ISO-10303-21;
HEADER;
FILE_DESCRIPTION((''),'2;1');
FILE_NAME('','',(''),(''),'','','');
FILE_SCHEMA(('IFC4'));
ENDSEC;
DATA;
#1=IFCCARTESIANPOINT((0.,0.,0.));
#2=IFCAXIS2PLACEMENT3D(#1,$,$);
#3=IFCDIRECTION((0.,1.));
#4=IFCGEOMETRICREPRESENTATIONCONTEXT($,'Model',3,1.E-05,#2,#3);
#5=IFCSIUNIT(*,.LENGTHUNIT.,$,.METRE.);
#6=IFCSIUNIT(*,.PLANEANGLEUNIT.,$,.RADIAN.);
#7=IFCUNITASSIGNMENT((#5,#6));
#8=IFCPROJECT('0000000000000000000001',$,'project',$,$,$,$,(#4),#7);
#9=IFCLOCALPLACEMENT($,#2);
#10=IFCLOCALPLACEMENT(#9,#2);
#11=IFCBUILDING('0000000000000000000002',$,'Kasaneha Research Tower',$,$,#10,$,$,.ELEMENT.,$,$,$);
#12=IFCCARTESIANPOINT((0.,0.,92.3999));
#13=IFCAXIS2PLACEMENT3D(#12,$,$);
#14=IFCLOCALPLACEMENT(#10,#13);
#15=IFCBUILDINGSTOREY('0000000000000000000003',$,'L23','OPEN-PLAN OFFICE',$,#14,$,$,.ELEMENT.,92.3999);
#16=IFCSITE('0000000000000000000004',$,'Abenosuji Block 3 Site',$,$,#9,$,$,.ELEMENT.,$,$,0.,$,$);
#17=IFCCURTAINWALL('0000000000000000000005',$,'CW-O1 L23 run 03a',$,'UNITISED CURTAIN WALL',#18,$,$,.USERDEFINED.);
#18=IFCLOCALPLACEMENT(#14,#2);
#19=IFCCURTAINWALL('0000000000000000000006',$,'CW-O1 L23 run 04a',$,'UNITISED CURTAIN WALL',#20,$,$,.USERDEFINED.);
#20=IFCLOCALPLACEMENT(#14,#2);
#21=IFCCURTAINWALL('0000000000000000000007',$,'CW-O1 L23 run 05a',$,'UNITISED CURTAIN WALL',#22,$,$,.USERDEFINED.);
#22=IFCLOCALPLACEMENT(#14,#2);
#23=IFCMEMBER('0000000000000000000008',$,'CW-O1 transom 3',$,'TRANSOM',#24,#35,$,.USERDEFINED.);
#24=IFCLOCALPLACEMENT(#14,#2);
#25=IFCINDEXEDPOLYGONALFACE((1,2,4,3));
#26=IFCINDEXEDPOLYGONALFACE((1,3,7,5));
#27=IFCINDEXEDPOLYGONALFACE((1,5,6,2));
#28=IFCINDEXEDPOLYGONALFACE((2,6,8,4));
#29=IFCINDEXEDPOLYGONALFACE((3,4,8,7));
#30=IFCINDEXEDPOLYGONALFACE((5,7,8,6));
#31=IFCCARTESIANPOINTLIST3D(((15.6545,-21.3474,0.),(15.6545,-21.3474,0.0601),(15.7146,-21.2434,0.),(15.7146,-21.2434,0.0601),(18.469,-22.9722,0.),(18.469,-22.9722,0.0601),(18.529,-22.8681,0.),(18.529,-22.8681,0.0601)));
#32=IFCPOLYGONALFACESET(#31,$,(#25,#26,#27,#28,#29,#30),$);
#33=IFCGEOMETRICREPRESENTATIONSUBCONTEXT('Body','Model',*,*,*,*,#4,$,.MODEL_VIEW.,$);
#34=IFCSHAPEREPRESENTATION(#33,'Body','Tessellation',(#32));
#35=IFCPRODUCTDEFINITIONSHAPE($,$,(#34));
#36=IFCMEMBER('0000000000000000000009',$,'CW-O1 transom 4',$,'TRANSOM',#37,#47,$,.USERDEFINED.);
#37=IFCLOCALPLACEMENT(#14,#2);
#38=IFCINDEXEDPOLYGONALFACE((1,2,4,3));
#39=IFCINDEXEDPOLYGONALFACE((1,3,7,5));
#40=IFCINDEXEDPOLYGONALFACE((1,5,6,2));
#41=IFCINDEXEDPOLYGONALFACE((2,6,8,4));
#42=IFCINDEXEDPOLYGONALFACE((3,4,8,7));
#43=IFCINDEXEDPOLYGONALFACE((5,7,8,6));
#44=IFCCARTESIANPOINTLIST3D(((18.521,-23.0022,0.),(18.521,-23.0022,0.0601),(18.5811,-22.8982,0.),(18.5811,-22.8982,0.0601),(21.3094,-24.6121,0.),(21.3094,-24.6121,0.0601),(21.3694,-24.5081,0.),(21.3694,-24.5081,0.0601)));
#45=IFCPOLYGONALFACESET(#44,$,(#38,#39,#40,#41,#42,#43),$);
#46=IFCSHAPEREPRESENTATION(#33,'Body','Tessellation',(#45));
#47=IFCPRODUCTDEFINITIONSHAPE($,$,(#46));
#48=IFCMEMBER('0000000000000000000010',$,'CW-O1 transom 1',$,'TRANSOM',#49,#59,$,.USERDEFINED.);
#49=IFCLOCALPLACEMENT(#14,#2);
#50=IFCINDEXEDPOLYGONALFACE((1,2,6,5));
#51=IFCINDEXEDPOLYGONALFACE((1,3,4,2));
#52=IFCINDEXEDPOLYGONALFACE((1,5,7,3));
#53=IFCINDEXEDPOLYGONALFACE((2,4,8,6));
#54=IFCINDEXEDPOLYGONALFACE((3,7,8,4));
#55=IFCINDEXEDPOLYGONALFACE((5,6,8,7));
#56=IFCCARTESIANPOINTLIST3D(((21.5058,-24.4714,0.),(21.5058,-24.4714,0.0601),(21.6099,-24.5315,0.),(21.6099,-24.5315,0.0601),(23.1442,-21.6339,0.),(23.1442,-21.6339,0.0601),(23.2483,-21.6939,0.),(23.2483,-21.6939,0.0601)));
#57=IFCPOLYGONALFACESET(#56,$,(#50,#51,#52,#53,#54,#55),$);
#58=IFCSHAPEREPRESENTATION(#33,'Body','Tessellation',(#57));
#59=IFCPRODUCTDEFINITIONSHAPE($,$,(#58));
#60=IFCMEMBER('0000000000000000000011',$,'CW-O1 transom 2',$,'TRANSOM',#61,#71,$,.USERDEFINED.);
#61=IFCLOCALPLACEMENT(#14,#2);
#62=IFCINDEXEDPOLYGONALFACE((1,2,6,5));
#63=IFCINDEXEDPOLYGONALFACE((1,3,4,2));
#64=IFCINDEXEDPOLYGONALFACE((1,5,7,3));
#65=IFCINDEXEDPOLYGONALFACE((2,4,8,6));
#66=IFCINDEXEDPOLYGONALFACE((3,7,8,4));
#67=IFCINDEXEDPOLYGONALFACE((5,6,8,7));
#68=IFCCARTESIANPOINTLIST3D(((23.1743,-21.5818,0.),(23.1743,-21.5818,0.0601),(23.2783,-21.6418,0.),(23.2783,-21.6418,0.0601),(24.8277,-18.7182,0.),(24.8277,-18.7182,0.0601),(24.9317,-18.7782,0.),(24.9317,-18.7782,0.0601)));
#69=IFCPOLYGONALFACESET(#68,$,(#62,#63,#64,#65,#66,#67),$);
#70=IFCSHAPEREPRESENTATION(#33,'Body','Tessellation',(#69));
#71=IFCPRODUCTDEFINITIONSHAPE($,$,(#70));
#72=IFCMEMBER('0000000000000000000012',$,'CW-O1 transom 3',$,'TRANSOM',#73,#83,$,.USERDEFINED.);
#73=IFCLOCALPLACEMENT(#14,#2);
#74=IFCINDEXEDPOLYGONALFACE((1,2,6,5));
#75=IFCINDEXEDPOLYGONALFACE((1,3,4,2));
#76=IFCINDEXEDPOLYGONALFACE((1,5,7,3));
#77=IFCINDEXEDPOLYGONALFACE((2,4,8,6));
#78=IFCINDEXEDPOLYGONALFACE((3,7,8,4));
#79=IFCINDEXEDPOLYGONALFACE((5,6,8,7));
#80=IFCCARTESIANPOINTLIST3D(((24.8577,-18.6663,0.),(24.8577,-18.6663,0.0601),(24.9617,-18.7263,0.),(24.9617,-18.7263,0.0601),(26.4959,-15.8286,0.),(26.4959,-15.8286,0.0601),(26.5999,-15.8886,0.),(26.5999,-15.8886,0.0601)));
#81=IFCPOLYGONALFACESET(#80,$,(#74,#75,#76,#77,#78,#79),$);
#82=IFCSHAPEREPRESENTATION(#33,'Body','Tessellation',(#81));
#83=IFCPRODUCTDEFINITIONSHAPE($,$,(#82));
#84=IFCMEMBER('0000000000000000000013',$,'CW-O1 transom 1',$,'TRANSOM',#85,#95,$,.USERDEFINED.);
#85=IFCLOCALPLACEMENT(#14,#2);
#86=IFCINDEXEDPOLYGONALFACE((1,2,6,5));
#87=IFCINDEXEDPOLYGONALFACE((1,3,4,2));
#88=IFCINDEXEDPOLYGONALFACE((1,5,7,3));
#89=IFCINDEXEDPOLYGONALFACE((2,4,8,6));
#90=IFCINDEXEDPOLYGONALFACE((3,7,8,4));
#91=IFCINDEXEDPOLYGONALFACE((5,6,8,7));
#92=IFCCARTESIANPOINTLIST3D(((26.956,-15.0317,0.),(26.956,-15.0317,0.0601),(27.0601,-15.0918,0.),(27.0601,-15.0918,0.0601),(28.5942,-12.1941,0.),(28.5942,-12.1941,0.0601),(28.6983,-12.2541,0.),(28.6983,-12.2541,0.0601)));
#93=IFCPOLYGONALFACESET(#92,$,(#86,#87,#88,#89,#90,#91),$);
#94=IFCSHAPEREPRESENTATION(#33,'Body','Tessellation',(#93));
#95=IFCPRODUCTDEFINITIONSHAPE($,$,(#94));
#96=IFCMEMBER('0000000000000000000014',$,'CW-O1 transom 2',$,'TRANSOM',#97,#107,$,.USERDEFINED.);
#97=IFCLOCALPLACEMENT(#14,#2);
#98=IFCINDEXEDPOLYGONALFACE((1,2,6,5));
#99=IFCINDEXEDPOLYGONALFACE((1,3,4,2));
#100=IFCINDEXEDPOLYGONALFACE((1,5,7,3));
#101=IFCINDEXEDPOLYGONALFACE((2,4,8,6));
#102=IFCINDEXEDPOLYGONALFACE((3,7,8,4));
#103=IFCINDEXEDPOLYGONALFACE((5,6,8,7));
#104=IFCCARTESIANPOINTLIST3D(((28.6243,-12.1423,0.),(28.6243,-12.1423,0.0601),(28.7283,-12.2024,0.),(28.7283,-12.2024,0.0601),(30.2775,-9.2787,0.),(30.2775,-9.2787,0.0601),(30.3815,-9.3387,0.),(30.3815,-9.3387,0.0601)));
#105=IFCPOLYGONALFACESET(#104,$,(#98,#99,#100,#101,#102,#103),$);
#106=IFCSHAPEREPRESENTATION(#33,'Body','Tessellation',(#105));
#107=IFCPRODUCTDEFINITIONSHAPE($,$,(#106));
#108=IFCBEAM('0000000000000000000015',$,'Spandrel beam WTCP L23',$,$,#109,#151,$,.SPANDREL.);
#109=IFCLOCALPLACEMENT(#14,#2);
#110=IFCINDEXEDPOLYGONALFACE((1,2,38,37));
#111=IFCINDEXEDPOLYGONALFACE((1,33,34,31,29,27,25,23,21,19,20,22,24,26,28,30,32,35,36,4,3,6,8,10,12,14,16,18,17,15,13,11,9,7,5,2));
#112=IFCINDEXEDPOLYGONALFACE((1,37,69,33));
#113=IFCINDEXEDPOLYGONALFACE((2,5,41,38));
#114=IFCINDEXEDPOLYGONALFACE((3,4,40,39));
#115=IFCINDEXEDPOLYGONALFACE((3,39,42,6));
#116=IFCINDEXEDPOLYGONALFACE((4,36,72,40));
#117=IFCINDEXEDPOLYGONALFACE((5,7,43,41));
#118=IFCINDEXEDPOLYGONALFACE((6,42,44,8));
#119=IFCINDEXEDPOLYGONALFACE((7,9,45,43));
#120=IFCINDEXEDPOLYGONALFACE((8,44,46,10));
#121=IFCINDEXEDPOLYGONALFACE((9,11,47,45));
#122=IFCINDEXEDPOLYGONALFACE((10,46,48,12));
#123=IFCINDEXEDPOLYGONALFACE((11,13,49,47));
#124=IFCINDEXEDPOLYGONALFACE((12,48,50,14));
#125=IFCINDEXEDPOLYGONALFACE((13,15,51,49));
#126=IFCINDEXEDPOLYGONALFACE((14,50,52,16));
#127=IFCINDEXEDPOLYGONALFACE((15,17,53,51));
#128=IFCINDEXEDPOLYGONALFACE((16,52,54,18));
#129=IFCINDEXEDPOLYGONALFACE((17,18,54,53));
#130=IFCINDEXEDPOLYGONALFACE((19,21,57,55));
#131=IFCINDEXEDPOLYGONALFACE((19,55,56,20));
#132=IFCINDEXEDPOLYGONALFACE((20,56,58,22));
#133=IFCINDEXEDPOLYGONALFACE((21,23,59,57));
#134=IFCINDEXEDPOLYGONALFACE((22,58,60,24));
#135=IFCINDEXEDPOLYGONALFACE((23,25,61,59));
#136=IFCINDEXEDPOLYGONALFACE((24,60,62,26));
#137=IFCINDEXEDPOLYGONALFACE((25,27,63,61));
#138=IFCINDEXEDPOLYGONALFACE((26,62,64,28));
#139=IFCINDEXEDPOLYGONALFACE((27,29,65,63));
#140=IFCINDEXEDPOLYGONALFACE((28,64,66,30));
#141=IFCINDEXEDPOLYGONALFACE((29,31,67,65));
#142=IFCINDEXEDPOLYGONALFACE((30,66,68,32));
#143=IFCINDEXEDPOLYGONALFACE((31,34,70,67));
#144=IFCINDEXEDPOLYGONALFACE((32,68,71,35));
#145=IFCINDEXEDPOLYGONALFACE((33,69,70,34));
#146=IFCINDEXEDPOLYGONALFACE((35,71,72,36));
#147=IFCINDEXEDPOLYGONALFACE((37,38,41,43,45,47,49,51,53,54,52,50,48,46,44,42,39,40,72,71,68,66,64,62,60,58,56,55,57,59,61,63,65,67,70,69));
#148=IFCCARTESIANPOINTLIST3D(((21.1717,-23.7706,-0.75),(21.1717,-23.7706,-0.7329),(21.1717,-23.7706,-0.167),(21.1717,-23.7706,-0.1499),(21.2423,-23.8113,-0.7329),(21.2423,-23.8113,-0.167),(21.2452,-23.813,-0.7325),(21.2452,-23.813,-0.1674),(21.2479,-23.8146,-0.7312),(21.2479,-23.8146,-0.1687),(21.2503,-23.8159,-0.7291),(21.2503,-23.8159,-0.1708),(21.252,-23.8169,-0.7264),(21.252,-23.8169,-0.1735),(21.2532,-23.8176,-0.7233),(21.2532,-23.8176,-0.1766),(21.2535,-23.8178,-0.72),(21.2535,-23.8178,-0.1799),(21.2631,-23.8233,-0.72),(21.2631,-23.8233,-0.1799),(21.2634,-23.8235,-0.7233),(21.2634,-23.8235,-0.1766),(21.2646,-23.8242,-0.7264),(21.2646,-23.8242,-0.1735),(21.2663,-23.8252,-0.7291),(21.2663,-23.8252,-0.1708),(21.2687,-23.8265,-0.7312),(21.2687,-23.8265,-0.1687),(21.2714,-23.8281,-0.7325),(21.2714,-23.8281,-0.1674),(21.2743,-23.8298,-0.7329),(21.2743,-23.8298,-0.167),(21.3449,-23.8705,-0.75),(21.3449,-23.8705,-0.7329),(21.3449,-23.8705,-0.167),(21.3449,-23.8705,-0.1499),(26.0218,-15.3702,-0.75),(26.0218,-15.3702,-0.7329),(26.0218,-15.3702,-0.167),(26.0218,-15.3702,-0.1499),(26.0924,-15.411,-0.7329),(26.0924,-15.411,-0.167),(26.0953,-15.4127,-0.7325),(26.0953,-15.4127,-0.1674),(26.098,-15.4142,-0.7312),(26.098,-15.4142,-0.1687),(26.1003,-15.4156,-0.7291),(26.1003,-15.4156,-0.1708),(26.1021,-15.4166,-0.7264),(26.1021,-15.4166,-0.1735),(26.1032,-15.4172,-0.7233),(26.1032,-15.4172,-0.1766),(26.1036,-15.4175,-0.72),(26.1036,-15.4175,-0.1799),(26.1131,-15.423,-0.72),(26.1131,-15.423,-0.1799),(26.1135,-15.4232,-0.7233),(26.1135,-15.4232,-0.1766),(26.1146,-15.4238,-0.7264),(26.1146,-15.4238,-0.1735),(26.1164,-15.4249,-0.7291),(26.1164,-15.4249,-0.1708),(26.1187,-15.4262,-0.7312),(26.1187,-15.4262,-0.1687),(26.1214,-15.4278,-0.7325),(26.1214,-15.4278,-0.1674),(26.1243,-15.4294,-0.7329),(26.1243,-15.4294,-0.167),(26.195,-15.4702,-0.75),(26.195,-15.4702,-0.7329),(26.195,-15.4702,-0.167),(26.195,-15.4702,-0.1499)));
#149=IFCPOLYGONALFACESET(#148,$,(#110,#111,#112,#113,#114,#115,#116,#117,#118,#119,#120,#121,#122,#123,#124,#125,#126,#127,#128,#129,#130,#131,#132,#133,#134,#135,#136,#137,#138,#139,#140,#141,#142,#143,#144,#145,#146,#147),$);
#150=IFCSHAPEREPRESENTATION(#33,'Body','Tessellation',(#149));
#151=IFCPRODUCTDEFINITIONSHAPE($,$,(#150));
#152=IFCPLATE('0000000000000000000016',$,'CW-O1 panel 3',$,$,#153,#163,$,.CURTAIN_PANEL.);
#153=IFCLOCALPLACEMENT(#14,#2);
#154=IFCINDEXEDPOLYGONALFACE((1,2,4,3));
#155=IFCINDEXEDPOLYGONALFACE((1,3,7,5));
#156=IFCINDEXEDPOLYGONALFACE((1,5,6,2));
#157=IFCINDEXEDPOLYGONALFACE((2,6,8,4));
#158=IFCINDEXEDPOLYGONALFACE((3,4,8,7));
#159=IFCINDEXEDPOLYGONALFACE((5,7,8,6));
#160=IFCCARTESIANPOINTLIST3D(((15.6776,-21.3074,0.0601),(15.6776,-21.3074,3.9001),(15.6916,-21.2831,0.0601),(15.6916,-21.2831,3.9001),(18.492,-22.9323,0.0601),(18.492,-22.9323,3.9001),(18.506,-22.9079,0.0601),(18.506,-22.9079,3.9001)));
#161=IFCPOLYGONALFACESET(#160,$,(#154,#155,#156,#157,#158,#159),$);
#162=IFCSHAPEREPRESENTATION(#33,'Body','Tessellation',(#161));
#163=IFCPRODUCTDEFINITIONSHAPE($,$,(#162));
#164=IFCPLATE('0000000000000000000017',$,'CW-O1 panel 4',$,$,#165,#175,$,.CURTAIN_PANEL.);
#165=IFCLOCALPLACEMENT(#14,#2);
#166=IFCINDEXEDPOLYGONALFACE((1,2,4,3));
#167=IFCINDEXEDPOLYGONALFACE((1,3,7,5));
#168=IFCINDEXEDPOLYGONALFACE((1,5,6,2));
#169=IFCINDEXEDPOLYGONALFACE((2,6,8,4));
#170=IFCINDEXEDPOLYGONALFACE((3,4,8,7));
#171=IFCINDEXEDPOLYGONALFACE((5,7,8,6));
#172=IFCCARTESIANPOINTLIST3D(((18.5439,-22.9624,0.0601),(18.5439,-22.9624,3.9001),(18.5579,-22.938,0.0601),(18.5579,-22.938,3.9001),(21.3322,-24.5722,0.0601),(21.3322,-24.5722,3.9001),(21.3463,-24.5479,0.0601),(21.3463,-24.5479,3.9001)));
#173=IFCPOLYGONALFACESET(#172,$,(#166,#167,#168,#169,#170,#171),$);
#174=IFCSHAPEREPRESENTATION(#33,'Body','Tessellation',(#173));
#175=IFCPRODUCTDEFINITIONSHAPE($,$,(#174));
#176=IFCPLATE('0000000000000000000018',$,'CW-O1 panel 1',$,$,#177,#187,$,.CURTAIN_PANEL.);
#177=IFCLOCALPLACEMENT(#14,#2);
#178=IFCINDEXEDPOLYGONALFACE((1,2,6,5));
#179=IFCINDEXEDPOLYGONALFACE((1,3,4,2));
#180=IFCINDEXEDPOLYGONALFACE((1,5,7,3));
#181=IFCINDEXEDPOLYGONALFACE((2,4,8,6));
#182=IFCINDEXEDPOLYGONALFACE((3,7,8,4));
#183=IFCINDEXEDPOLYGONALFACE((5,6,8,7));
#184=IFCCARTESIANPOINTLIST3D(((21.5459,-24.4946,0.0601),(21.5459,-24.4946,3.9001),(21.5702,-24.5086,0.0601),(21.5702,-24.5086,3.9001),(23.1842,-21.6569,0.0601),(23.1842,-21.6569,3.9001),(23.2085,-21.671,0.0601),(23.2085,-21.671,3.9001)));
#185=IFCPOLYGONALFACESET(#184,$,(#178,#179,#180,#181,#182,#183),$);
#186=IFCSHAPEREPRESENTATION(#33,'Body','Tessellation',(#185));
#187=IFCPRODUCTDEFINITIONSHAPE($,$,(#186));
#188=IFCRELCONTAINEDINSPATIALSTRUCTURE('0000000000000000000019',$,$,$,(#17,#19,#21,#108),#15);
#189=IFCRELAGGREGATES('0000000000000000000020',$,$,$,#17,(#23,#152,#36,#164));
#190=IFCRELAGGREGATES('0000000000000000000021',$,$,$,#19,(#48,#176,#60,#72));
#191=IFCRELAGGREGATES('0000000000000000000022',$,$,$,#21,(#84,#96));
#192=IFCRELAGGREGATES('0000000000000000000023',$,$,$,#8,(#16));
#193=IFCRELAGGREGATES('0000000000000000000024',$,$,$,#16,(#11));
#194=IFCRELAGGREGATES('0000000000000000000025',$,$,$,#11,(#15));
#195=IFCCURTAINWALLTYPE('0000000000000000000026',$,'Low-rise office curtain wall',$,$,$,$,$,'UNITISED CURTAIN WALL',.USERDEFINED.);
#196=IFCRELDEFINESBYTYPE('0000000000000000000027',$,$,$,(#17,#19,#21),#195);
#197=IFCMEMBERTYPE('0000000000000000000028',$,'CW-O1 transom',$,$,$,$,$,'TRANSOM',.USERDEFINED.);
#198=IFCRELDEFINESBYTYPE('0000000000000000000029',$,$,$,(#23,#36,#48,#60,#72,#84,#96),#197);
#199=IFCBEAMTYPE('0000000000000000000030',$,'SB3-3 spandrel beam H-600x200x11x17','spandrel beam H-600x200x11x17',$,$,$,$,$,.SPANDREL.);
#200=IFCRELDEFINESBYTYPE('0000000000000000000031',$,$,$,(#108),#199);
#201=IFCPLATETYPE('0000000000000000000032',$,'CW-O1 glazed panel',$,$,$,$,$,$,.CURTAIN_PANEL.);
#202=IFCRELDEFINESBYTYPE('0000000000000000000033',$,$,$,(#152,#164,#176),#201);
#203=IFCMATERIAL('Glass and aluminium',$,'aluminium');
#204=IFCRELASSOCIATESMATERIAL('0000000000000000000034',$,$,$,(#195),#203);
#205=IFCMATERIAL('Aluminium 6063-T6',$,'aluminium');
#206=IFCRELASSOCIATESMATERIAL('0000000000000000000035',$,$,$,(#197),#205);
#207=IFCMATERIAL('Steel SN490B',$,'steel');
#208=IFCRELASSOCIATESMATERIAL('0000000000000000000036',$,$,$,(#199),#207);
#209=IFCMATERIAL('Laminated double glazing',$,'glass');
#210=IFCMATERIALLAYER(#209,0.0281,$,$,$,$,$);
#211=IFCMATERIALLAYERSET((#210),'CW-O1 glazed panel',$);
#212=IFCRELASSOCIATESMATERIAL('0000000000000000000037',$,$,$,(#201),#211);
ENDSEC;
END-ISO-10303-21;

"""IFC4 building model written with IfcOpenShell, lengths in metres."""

from ifc_helpers import new_model, si_unit, direction, frame, origin, origin_2d, place, context, subcontext, project, spatial, rectangle, i_section, extrude, material, layer, layer_set, material_profile, profile_set, type_object, element, aggregate, save


model = new_model("IFC4")

# Units and contexts
model_context = context("Model", 3, precision=1e-05, world=origin(), true_north=direction((0.0, 1.0)))
body_context = subcontext(model_context, "Body", "Model", "MODEL_VIEW")
ifc_project = project(units=[si_unit("LENGTHUNIT", "METRE"), si_unit("PLANEANGLEUNIT", "RADIAN")], contexts=[model_context])

# Site, building, storey
site_placement = place(None, origin())
site = spatial("IfcSite", under=ifc_project, at=site_placement, Name="Abenosuji Block 3 Site", CompositionType="ELEMENT", RefElevation=0.0)
building_placement = place(site_placement, origin())
building = spatial("IfcBuilding", under=site, at=building_placement, Name="Kasaneha Research Tower", CompositionType="ELEMENT")
storey_placement = place(building_placement, frame((0.0, 0.0, 92.3999)))
storey = spatial("IfcBuildingStorey", under=building, at=storey_placement, Name="L23", Description="OPEN-PLAN OFFICE", CompositionType="ELEMENT", Elevation=92.3999)

# Curtain walls
ifc_material_1 = material(Name="Glass and aluminium", Category="aluminium")
curtain_wall_type = type_object("IfcCurtainWallType", Name="Low-rise office curtain wall", ElementType="UNITISED CURTAIN WALL", PredefinedType="USERDEFINED", material=ifc_material_1)
curtain_wall_1_placement = place(storey_placement, origin())
curtain_wall_1 = element("IfcCurtainWall", 1, at=curtain_wall_1_placement, inside=storey, type_object=curtain_wall_type, Name="CW-O1 L23 run 03a", ObjectType="UNITISED CURTAIN WALL", PredefinedType="USERDEFINED")
curtain_wall_2_placement = place(storey_placement, origin())
curtain_wall_2 = element("IfcCurtainWall", 2, at=curtain_wall_2_placement, inside=storey, type_object=curtain_wall_type, Name="CW-O1 L23 run 04a", ObjectType="UNITISED CURTAIN WALL", PredefinedType="USERDEFINED")
curtain_wall_3_placement = place(storey_placement, origin())
curtain_wall_3 = element("IfcCurtainWall", 3, at=curtain_wall_3_placement, inside=storey, type_object=curtain_wall_type, Name="CW-O1 L23 run 05a", ObjectType="UNITISED CURTAIN WALL", PredefinedType="USERDEFINED")

# Members
ifc_material_2 = material(Name="Aluminium 6063-T6", Category="aluminium")
ifc_material_profile_1 = material_profile(ifc_material_2, rectangle(XDim=0.1201, YDim=0.0601, at=origin_2d()), Name="CW-O1 transom 120x60")
ifc_profile_set_1 = profile_set([ifc_material_profile_1], Name="Aluminium 6063-T6")
member_type_1 = type_object("IfcMemberType", Name="CW-O1 transom", ElementType="TRANSOM", PredefinedType="USERDEFINED", material=ifc_profile_set_1)
member_1_placement = place(storey_placement, frame((15.6846, -21.2954, 0.03), z_axis=(0.866048, -0.499961, 0.0), x_axis=(0.499961, 0.866048, 0.0)))
member_1 = element("IfcMember", 4, at=member_1_placement, type_object=member_type_1, Name="CW-O1 transom 3", ObjectType="TRANSOM", PredefinedType="USERDEFINED", context=body_context, shape_type="SweptSolid", body=[
    extrude(rectangle(XDim=0.1201, YDim=0.0601, at=origin_2d()), origin(), (0.0, 0.0, 1.0), 3.2498),
])
member_2_placement = place(storey_placement, frame((18.551, -22.9502, 0.03), z_axis=(0.866023, -0.500005, 0.0), x_axis=(0.500005, 0.866023, 0.0)))
member_2 = element("IfcMember", 5, at=member_2_placement, type_object=member_type_1, Name="CW-O1 transom 4", ObjectType="TRANSOM", PredefinedType="USERDEFINED", context=body_context, shape_type="SweptSolid", body=[
    extrude(rectangle(XDim=0.1201, YDim=0.0601, at=origin_2d()), origin(), (0.0, 0.0, 1.0), 3.2197),
])
member_3_placement = place(storey_placement, frame((21.5579, -24.5015, 0.03), z_axis=(0.500026, 0.866011, 0.0), x_axis=(-0.866011, 0.500026, 0.0)))
member_3 = element("IfcMember", 6, at=member_3_placement, type_object=member_type_1, Name="CW-O1 transom 1", ObjectType="TRANSOM", PredefinedType="USERDEFINED", context=body_context, shape_type="SweptSolid", body=[
    extrude(rectangle(XDim=0.1201, YDim=0.0601, at=origin_2d()), origin(), (0.0, 0.0, 1.0), 3.2766),
])
member_4_placement = place(storey_placement, frame((23.2263, -21.6118, 0.03), z_axis=(0.500014, 0.866017, 0.0), x_axis=(-0.866017, 0.500014, 0.0)))
member_4 = element("IfcMember", 7, at=member_4_placement, type_object=member_type_1, Name="CW-O1 transom 2", ObjectType="TRANSOM", PredefinedType="USERDEFINED", context=body_context, shape_type="SweptSolid", body=[
    extrude(rectangle(XDim=0.1201, YDim=0.0601, at=origin_2d()), origin(), (0.0, 0.0, 1.0), 3.3066),
])
member_5_placement = place(storey_placement, frame((24.9097, -18.6963, 0.03), z_axis=(0.49997, 0.866043, 0.0), x_axis=(-0.866043, 0.49997, 0.0)))
member_5 = element("IfcMember", 8, at=member_5_placement, type_object=member_type_1, Name="CW-O1 transom 3", ObjectType="TRANSOM", PredefinedType="USERDEFINED", context=body_context, shape_type="SweptSolid", body=[
    extrude(rectangle(XDim=0.1201, YDim=0.0601, at=origin_2d()), origin(), (0.0, 0.0, 1.0), 3.2766),
])
member_6_placement = place(storey_placement, frame((27.0081, -15.0618, 0.03), z_axis=(0.49997, 0.866043, 0.0), x_axis=(-0.866043, 0.49997, 0.0)))
member_6 = element("IfcMember", 9, at=member_6_placement, type_object=member_type_1, Name="CW-O1 transom 1", ObjectType="TRANSOM", PredefinedType="USERDEFINED", context=body_context, shape_type="SweptSolid", body=[
    extrude(rectangle(XDim=0.1201, YDim=0.0601, at=origin_2d()), origin(), (0.0, 0.0, 1.0), 3.2766),
])
member_7_placement = place(storey_placement, frame((28.6763, -12.1724, 0.03), z_axis=(0.499982, 0.866036, 0.0), x_axis=(-0.866036, 0.499982, 0.0)))
member_7 = element("IfcMember", 10, at=member_7_placement, type_object=member_type_1, Name="CW-O1 transom 2", ObjectType="TRANSOM", PredefinedType="USERDEFINED", context=body_context, shape_type="SweptSolid", body=[
    extrude(rectangle(XDim=0.1201, YDim=0.0601, at=origin_2d()), origin(), (0.0, 0.0, 1.0), 3.3066),
])

# Beam
ifc_material_3 = material(Name="Steel SN490B", Category="steel")
ifc_material_profile_2 = material_profile(ifc_material_3, i_section(OverallWidth=0.2, OverallDepth=0.6001, WebThickness=0.011, FlangeThickness=0.0171, FilletRadius=0.0129, at=origin_2d()), Name="H-600x200x11x17")
ifc_profile_set_2 = profile_set([ifc_material_profile_2], Name="Steel SN490B")
beam_type_1 = type_object("IfcBeamType", Name="SB3-3 spandrel beam H-600x200x11x17", Description="spandrel beam H-600x200x11x17", PredefinedType="SPANDREL", material=ifc_profile_set_2)
beam_1_placement = place(storey_placement, frame((21.2583, -23.8206, -0.45), z_axis=(0.50001, 0.86602, 0.0), x_axis=(-0.86602, 0.50001, 0.0)))
element("IfcBeam", 11, at=beam_1_placement, inside=storey, type_object=beam_type_1, Name="Spandrel beam WTCP L23", PredefinedType="SPANDREL", context=body_context, shape_type="SweptSolid", body=[
    extrude(i_section(OverallWidth=0.2, OverallDepth=0.6001, WebThickness=0.011, FlangeThickness=0.0171, FilletRadius=0.0129, at=origin_2d()), origin(), (0.0, 0.0, 1.0), 9.7),
])

# Plates
ifc_material_4 = material(Name="Laminated double glazing", Category="glass")
ifc_layer_1 = layer(ifc_material_4, 0.0281)
ifc_layer_set_1 = layer_set([ifc_layer_1], Name="CW-O1 glazed panel")
plate_type = type_object("IfcPlateType", Name="CW-O1 glazed panel", PredefinedType="CURTAIN_PANEL", material=ifc_layer_set_1)
plate_1_placement = place(storey_placement, frame((17.0918, -22.1077, 0.0601), z_axis=(0.0, 0.0, 1.0), x_axis=(0.866025, -0.5, 0.0)))
plate_1 = element("IfcPlate", 12, at=plate_1_placement, type_object=plate_type, Name="CW-O1 panel 3", PredefinedType="CURTAIN_PANEL", context=body_context, shape_type="SweptSolid", body=[
    extrude(rectangle(XDim=3.2498, YDim=0.0281, at=origin_2d()), origin(), (0.0, 0.0, 1.0), 3.8401),
])
plate_2_placement = place(storey_placement, frame((19.9451, -23.7551, 0.0601), z_axis=(0.0, 0.0, 1.0), x_axis=(0.866025, -0.5, 0.0)))
plate_2 = element("IfcPlate", 13, at=plate_2_placement, type_object=plate_type, Name="CW-O1 panel 4", PredefinedType="CURTAIN_PANEL", context=body_context, shape_type="SweptSolid", body=[
    extrude(rectangle(XDim=3.2197, YDim=0.0281, at=origin_2d()), origin(), (0.0, 0.0, 1.0), 3.8401),
])
aggregate(curtain_wall_1, [member_1, plate_1, member_2, plate_2])
plate_3_placement = place(storey_placement, frame((22.3772, -23.0828, 0.0601), z_axis=(0.0, 0.0, 1.0), x_axis=(0.5, 0.866025, 0.0)))
plate_3 = element("IfcPlate", 14, at=plate_3_placement, type_object=plate_type, Name="CW-O1 panel 1", PredefinedType="CURTAIN_PANEL", context=body_context, shape_type="SweptSolid", body=[
    extrude(rectangle(XDim=3.2766, YDim=0.0281, at=origin_2d()), origin(), (0.0, 0.0, 1.0), 3.8401),
])
aggregate(curtain_wall_2, [member_3, plate_3, member_4, member_5])
aggregate(curtain_wall_3, [member_6, member_7])

save(model, "model.ifc")
